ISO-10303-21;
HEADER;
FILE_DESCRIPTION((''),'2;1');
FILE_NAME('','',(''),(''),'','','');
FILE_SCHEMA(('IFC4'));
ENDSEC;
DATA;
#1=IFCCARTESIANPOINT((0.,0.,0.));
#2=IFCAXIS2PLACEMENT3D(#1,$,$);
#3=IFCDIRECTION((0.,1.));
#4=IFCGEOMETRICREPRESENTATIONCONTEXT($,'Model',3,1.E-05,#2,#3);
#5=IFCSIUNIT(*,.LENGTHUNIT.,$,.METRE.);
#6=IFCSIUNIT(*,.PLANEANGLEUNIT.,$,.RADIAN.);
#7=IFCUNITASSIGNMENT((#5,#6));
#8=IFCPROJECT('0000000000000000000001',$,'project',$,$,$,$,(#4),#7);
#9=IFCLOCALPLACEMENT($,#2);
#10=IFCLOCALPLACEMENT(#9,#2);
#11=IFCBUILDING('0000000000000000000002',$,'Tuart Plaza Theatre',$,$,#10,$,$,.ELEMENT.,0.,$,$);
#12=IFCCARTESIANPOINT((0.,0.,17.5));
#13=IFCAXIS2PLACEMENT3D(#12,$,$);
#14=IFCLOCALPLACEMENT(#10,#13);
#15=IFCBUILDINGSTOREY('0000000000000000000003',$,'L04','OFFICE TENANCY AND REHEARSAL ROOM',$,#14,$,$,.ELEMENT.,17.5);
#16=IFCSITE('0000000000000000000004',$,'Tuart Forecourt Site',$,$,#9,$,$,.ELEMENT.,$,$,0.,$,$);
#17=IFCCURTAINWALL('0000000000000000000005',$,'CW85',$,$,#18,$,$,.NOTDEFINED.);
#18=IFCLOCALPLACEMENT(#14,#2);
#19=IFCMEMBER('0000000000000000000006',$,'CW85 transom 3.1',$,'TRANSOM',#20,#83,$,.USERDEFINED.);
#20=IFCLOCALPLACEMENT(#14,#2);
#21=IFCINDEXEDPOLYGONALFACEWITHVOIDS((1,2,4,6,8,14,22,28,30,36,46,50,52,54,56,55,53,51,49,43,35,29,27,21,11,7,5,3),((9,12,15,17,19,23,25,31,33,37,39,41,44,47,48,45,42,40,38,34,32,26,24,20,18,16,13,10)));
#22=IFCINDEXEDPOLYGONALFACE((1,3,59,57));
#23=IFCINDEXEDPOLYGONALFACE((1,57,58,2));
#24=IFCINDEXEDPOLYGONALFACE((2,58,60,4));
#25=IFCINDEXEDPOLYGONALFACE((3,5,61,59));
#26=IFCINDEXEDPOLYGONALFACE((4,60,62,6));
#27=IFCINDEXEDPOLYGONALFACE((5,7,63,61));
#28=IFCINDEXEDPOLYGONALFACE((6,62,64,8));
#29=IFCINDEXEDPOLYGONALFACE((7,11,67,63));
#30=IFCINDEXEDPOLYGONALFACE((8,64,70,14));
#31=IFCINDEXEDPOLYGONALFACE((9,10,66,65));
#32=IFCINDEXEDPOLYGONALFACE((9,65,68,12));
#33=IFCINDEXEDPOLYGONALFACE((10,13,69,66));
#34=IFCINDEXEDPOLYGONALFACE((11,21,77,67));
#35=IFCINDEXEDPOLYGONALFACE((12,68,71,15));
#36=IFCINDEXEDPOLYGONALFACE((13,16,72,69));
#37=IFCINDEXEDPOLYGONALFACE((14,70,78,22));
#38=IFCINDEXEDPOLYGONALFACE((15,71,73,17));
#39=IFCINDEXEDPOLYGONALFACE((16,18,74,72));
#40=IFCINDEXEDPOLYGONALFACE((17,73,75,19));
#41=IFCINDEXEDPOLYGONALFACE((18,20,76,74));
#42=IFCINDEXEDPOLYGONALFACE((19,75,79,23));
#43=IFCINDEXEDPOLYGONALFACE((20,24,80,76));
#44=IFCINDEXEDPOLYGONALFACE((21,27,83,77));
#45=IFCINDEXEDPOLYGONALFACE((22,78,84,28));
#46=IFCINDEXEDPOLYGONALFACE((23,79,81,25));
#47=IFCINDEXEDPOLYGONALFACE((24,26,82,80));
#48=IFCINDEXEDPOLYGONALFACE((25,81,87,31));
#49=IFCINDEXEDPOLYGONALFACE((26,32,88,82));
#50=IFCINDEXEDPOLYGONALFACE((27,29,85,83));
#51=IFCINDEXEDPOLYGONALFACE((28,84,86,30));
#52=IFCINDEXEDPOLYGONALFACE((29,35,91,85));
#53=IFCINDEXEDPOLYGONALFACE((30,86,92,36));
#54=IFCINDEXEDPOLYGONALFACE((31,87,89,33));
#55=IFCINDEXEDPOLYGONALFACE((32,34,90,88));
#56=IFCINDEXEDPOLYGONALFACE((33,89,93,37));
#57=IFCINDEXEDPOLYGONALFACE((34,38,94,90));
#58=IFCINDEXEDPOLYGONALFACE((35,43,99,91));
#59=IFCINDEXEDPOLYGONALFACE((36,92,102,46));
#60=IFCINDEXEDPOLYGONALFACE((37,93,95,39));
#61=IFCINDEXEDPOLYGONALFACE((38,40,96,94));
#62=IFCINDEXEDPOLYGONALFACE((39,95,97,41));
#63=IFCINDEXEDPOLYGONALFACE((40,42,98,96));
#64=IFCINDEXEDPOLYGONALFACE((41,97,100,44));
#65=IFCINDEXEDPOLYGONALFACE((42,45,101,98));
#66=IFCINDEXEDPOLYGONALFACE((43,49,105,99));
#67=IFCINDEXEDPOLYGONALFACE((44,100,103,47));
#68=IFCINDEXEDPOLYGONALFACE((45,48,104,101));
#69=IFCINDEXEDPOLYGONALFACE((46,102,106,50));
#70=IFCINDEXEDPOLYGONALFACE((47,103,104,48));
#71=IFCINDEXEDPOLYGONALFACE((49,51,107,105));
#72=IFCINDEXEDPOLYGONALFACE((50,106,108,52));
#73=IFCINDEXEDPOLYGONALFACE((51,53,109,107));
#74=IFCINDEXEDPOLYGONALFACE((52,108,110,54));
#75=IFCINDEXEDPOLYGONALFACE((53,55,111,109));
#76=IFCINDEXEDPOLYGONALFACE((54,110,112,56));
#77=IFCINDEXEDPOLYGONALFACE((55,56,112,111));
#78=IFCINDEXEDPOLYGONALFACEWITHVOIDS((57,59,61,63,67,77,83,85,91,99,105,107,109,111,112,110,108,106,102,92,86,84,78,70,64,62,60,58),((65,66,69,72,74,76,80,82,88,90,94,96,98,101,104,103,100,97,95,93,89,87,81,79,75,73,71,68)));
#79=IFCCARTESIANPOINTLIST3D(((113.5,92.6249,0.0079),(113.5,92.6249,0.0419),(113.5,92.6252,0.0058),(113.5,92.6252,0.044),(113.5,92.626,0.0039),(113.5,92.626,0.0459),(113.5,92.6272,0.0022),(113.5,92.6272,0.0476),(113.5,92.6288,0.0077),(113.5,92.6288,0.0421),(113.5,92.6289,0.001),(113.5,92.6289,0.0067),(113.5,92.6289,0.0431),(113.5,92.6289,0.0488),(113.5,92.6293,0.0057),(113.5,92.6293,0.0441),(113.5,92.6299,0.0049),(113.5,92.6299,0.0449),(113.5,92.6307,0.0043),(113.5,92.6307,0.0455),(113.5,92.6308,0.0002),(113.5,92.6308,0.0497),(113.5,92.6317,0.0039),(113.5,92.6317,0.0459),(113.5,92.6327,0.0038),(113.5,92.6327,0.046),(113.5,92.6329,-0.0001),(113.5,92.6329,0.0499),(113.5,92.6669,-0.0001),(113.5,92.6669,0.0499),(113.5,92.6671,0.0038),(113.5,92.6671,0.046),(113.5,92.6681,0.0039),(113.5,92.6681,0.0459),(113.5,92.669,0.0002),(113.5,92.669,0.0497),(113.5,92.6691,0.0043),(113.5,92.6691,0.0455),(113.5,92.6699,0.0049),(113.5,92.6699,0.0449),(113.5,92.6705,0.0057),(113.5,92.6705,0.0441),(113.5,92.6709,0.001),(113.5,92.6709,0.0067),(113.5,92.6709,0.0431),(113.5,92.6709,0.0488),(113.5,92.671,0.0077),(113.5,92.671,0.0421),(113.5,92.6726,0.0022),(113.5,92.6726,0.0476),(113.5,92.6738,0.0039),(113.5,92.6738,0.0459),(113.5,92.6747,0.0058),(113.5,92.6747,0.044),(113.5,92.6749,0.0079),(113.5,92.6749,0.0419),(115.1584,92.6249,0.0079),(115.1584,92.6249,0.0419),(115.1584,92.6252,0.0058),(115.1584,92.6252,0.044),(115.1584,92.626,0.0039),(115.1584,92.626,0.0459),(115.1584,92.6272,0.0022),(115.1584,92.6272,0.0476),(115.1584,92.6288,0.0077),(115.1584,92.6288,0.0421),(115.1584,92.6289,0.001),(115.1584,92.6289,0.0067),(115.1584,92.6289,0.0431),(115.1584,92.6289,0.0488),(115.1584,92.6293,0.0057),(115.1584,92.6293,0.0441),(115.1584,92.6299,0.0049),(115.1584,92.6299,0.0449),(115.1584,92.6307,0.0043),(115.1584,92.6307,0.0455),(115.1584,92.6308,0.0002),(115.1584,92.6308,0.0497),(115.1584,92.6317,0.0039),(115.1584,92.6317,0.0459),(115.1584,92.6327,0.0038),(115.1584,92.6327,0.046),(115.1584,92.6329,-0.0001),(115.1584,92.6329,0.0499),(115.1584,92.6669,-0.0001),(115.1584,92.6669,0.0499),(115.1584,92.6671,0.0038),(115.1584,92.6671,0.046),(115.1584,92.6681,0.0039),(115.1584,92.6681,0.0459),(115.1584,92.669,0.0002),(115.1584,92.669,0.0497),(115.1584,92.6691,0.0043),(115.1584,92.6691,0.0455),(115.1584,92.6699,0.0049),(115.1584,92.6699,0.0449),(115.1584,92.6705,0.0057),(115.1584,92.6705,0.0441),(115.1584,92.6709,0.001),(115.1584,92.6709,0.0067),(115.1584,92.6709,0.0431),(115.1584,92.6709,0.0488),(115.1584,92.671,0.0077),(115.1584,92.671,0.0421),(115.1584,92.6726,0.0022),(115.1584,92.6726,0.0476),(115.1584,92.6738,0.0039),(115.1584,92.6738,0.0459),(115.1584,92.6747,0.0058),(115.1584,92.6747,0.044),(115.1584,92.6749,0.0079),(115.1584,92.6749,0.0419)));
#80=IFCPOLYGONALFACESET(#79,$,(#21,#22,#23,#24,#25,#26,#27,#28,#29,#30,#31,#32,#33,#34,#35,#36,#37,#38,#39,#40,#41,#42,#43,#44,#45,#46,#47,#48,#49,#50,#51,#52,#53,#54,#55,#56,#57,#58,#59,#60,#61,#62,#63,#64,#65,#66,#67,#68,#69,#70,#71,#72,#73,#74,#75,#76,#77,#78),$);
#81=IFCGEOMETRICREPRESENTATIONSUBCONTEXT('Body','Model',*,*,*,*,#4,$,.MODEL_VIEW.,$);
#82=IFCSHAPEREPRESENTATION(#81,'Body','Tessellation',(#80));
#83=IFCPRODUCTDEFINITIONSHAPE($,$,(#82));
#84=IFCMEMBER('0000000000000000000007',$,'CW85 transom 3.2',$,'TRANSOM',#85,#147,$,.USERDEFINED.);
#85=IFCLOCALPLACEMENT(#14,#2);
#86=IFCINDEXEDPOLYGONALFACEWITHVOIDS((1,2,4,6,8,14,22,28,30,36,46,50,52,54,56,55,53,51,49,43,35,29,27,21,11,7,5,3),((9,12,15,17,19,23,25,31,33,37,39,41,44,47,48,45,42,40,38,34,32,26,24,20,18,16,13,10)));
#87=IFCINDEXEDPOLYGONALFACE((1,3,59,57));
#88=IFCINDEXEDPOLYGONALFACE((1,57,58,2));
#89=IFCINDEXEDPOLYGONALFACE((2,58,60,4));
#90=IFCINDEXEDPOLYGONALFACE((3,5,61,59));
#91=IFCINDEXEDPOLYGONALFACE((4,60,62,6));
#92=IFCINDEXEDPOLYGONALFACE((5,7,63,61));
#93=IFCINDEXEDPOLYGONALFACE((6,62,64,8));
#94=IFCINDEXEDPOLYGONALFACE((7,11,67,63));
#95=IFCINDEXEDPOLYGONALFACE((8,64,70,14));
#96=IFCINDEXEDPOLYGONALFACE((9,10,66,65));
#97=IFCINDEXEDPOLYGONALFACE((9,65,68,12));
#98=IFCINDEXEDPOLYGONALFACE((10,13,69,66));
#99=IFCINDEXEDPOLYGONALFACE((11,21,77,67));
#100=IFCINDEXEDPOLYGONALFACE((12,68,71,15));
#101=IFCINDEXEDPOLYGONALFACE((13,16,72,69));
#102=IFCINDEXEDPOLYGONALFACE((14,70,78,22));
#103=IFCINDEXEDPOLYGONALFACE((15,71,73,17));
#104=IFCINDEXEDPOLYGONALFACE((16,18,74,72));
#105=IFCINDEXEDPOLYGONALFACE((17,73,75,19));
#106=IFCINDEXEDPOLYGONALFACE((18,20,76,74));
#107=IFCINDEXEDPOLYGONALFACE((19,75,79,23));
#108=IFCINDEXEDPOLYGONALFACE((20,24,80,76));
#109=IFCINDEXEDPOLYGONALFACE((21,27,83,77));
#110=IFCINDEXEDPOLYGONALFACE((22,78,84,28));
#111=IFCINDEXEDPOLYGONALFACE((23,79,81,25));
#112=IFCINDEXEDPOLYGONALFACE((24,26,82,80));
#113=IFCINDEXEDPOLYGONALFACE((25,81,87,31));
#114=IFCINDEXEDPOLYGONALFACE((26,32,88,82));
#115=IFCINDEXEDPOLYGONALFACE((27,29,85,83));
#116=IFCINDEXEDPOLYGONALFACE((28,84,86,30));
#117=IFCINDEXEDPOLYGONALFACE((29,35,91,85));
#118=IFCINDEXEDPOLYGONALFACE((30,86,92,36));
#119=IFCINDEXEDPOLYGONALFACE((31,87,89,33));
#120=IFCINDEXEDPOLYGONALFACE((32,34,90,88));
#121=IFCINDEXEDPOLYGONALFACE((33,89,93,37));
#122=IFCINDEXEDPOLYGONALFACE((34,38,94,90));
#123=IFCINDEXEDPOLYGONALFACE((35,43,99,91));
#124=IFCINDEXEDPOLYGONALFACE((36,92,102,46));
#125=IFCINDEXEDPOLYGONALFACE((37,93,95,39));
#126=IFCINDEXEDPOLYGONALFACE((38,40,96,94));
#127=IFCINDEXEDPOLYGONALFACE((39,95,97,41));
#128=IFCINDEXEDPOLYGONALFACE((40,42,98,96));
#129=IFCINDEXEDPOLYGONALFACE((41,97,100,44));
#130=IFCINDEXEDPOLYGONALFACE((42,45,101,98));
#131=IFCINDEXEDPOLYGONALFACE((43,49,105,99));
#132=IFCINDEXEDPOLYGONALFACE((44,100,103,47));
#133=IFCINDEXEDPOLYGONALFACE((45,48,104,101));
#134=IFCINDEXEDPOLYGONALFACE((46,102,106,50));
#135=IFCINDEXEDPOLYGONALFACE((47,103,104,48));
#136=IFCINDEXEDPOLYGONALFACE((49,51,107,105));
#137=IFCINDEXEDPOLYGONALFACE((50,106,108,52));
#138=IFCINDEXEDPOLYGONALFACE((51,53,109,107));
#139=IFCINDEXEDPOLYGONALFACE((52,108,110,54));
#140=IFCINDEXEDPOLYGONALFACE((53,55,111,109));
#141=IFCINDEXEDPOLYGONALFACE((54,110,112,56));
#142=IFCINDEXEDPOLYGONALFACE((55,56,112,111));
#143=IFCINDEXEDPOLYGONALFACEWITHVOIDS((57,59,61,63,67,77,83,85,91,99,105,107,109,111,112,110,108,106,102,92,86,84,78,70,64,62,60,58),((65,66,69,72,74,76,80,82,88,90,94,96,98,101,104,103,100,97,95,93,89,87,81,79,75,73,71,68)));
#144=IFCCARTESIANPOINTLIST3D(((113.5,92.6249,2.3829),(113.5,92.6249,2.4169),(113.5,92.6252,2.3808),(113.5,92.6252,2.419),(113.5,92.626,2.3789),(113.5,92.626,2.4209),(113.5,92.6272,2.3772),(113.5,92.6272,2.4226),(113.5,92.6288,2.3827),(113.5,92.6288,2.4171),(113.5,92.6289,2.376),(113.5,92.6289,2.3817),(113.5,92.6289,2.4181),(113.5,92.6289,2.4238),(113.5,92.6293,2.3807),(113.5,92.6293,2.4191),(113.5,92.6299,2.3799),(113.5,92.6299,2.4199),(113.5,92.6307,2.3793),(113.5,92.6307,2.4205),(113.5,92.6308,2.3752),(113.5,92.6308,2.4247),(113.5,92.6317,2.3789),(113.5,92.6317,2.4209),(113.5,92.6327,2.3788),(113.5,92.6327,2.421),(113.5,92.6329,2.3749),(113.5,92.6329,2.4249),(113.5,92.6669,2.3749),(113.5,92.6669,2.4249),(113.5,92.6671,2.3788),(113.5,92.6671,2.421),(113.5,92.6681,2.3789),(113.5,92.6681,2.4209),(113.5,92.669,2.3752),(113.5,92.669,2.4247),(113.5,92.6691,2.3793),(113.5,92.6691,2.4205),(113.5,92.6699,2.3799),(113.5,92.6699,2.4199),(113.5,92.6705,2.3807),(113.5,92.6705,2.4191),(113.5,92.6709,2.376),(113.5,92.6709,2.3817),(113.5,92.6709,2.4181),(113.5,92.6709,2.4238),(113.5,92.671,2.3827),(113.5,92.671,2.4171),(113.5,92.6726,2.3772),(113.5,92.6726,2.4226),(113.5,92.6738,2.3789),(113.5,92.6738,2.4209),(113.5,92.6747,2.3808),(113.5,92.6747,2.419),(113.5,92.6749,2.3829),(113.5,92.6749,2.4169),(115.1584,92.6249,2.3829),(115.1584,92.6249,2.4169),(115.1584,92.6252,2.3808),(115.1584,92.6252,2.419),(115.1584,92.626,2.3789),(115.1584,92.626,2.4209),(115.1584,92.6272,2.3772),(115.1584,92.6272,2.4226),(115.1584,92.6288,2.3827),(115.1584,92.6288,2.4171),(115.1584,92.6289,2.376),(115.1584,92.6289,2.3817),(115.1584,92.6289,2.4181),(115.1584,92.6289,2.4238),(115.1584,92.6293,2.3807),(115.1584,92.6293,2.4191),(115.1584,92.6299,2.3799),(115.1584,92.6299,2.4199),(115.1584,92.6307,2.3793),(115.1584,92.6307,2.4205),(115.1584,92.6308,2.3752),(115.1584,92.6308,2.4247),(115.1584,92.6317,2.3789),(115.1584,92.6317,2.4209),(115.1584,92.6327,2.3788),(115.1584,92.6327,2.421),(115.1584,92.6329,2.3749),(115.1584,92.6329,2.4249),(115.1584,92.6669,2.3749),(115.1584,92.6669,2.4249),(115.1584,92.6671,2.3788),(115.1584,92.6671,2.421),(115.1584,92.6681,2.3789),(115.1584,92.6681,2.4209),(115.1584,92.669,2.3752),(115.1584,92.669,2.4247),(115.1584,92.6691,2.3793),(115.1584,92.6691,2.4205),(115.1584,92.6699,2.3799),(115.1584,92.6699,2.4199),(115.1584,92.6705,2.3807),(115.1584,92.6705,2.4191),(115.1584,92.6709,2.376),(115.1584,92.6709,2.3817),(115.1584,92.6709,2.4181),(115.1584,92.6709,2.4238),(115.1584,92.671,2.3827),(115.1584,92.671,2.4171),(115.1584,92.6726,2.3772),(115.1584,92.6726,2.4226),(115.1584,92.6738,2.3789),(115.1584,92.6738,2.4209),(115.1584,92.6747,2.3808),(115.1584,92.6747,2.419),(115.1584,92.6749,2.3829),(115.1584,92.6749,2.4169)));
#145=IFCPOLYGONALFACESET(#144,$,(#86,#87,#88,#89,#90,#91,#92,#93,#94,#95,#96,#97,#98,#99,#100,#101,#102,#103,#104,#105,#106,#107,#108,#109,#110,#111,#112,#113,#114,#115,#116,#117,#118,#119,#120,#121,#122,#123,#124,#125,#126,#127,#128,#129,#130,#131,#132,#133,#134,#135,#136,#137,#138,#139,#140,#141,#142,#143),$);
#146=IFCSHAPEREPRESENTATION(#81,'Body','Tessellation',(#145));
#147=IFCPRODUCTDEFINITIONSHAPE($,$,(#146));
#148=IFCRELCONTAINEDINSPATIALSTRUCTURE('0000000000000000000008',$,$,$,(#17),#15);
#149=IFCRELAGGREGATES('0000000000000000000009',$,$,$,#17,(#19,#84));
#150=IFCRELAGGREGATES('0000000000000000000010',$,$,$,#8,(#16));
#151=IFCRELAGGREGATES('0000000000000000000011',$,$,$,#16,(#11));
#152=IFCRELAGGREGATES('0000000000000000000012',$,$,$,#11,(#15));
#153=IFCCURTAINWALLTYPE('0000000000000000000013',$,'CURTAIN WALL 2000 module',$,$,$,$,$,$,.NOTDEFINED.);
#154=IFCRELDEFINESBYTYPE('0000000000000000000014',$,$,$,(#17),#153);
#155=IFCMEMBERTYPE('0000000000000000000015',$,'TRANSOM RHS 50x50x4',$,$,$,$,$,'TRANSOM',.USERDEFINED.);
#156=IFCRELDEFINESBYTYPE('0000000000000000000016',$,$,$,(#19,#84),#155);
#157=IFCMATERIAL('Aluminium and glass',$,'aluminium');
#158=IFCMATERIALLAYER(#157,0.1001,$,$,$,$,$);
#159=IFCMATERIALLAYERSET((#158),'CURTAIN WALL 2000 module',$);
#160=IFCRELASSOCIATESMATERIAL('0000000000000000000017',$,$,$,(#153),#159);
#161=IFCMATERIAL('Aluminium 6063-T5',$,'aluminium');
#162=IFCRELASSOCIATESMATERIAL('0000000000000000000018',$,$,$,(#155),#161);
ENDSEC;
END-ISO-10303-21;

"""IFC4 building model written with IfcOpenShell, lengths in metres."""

from ifc_helpers import new_model, si_unit, direction, frame, origin, origin_2d, place, context, subcontext, project, spatial, hollow_rectangle, extrude, material, layer, layer_set, material_profile, profile_set, type_object, element, aggregate, save


model = new_model("IFC4")

# Units and contexts
model_context = context("Model", 3, precision=1e-05, world=origin(), true_north=direction((0.0, 1.0)))
body_context = subcontext(model_context, "Body", "Model", "MODEL_VIEW")
ifc_project = project(units=[si_unit("LENGTHUNIT", "METRE"), si_unit("PLANEANGLEUNIT", "RADIAN")], contexts=[model_context])

# Site, building, storey
site_placement = place(None, origin())
site = spatial("IfcSite", under=ifc_project, at=site_placement, Name="Tuart Forecourt Site", CompositionType="ELEMENT", RefElevation=0.0)
building_placement = place(site_placement, origin())
building = spatial("IfcBuilding", under=site, at=building_placement, Name="Tuart Plaza Theatre", CompositionType="ELEMENT", ElevationOfRefHeight=0.0)
storey_placement = place(building_placement, frame((0.0, 0.0, 17.5)))
storey = spatial("IfcBuildingStorey", under=building, at=storey_placement, Name="L04", Description="OFFICE TENANCY AND REHEARSAL ROOM", CompositionType="ELEMENT", Elevation=17.5)

# Curtain wall
ifc_material_1 = material(Name="Aluminium and glass", Category="aluminium")
ifc_layer_1 = layer(ifc_material_1, 0.1001)
ifc_layer_set_1 = layer_set([ifc_layer_1], Name="CURTAIN WALL 2000 module")
curtain_wall_type_1 = type_object("IfcCurtainWallType", Name="CURTAIN WALL 2000 module", PredefinedType="NOTDEFINED", material=ifc_layer_set_1)
curtain_wall_1_placement = place(storey_placement, origin())
curtain_wall_1 = element("IfcCurtainWall", 1, at=curtain_wall_1_placement, inside=storey, type_object=curtain_wall_type_1, Name="CW85", PredefinedType="NOTDEFINED")

# Members
ifc_material_2 = material(Name="Aluminium 6063-T5", Category="aluminium")
ifc_material_profile_1 = material_profile(ifc_material_2, hollow_rectangle(XDim=0.05, YDim=0.05, WallThickness=0.0039, InnerFilletRadius=0.0039, OuterFilletRadius=0.0081, at=origin_2d()), Name="RHS 50x50x4")
ifc_profile_set_1 = profile_set([ifc_material_profile_1], Name="Aluminium 6063-T5")
member_type_1 = type_object("IfcMemberType", Name="TRANSOM RHS 50x50x4", ElementType="TRANSOM", PredefinedType="USERDEFINED", material=ifc_profile_set_1)
member_1_placement = place(storey_placement, frame((115.1584, 92.6499, 0.0249), z_axis=(-1.0, 0.0, 0.0), x_axis=(0.0, -1.0, 0.0)))
member_1 = element("IfcMember", 2, at=member_1_placement, type_object=member_type_1, Name="CW85 transom 3.1", ObjectType="TRANSOM", PredefinedType="USERDEFINED", context=body_context, shape_type="SweptSolid", body=[
    extrude(hollow_rectangle(XDim=0.05, YDim=0.05, WallThickness=0.0039, InnerFilletRadius=0.0039, OuterFilletRadius=0.0081, at=origin_2d()), origin(), (0.0, 0.0, 1.0), 1.6584),
])
member_2_placement = place(storey_placement, frame((115.1584, 92.6499, 2.3999), z_axis=(-1.0, 0.0, 0.0), x_axis=(0.0, -1.0, 0.0)))
member_2 = element("IfcMember", 3, at=member_2_placement, type_object=member_type_1, Name="CW85 transom 3.2", ObjectType="TRANSOM", PredefinedType="USERDEFINED", context=body_context, shape_type="SweptSolid", body=[
    extrude(hollow_rectangle(XDim=0.05, YDim=0.05, WallThickness=0.0039, InnerFilletRadius=0.0039, OuterFilletRadius=0.0081, at=origin_2d()), origin(), (0.0, 0.0, 1.0), 1.6584),
])

aggregate(curtain_wall_1, [member_1, member_2])

save(model, "model.ifc")
